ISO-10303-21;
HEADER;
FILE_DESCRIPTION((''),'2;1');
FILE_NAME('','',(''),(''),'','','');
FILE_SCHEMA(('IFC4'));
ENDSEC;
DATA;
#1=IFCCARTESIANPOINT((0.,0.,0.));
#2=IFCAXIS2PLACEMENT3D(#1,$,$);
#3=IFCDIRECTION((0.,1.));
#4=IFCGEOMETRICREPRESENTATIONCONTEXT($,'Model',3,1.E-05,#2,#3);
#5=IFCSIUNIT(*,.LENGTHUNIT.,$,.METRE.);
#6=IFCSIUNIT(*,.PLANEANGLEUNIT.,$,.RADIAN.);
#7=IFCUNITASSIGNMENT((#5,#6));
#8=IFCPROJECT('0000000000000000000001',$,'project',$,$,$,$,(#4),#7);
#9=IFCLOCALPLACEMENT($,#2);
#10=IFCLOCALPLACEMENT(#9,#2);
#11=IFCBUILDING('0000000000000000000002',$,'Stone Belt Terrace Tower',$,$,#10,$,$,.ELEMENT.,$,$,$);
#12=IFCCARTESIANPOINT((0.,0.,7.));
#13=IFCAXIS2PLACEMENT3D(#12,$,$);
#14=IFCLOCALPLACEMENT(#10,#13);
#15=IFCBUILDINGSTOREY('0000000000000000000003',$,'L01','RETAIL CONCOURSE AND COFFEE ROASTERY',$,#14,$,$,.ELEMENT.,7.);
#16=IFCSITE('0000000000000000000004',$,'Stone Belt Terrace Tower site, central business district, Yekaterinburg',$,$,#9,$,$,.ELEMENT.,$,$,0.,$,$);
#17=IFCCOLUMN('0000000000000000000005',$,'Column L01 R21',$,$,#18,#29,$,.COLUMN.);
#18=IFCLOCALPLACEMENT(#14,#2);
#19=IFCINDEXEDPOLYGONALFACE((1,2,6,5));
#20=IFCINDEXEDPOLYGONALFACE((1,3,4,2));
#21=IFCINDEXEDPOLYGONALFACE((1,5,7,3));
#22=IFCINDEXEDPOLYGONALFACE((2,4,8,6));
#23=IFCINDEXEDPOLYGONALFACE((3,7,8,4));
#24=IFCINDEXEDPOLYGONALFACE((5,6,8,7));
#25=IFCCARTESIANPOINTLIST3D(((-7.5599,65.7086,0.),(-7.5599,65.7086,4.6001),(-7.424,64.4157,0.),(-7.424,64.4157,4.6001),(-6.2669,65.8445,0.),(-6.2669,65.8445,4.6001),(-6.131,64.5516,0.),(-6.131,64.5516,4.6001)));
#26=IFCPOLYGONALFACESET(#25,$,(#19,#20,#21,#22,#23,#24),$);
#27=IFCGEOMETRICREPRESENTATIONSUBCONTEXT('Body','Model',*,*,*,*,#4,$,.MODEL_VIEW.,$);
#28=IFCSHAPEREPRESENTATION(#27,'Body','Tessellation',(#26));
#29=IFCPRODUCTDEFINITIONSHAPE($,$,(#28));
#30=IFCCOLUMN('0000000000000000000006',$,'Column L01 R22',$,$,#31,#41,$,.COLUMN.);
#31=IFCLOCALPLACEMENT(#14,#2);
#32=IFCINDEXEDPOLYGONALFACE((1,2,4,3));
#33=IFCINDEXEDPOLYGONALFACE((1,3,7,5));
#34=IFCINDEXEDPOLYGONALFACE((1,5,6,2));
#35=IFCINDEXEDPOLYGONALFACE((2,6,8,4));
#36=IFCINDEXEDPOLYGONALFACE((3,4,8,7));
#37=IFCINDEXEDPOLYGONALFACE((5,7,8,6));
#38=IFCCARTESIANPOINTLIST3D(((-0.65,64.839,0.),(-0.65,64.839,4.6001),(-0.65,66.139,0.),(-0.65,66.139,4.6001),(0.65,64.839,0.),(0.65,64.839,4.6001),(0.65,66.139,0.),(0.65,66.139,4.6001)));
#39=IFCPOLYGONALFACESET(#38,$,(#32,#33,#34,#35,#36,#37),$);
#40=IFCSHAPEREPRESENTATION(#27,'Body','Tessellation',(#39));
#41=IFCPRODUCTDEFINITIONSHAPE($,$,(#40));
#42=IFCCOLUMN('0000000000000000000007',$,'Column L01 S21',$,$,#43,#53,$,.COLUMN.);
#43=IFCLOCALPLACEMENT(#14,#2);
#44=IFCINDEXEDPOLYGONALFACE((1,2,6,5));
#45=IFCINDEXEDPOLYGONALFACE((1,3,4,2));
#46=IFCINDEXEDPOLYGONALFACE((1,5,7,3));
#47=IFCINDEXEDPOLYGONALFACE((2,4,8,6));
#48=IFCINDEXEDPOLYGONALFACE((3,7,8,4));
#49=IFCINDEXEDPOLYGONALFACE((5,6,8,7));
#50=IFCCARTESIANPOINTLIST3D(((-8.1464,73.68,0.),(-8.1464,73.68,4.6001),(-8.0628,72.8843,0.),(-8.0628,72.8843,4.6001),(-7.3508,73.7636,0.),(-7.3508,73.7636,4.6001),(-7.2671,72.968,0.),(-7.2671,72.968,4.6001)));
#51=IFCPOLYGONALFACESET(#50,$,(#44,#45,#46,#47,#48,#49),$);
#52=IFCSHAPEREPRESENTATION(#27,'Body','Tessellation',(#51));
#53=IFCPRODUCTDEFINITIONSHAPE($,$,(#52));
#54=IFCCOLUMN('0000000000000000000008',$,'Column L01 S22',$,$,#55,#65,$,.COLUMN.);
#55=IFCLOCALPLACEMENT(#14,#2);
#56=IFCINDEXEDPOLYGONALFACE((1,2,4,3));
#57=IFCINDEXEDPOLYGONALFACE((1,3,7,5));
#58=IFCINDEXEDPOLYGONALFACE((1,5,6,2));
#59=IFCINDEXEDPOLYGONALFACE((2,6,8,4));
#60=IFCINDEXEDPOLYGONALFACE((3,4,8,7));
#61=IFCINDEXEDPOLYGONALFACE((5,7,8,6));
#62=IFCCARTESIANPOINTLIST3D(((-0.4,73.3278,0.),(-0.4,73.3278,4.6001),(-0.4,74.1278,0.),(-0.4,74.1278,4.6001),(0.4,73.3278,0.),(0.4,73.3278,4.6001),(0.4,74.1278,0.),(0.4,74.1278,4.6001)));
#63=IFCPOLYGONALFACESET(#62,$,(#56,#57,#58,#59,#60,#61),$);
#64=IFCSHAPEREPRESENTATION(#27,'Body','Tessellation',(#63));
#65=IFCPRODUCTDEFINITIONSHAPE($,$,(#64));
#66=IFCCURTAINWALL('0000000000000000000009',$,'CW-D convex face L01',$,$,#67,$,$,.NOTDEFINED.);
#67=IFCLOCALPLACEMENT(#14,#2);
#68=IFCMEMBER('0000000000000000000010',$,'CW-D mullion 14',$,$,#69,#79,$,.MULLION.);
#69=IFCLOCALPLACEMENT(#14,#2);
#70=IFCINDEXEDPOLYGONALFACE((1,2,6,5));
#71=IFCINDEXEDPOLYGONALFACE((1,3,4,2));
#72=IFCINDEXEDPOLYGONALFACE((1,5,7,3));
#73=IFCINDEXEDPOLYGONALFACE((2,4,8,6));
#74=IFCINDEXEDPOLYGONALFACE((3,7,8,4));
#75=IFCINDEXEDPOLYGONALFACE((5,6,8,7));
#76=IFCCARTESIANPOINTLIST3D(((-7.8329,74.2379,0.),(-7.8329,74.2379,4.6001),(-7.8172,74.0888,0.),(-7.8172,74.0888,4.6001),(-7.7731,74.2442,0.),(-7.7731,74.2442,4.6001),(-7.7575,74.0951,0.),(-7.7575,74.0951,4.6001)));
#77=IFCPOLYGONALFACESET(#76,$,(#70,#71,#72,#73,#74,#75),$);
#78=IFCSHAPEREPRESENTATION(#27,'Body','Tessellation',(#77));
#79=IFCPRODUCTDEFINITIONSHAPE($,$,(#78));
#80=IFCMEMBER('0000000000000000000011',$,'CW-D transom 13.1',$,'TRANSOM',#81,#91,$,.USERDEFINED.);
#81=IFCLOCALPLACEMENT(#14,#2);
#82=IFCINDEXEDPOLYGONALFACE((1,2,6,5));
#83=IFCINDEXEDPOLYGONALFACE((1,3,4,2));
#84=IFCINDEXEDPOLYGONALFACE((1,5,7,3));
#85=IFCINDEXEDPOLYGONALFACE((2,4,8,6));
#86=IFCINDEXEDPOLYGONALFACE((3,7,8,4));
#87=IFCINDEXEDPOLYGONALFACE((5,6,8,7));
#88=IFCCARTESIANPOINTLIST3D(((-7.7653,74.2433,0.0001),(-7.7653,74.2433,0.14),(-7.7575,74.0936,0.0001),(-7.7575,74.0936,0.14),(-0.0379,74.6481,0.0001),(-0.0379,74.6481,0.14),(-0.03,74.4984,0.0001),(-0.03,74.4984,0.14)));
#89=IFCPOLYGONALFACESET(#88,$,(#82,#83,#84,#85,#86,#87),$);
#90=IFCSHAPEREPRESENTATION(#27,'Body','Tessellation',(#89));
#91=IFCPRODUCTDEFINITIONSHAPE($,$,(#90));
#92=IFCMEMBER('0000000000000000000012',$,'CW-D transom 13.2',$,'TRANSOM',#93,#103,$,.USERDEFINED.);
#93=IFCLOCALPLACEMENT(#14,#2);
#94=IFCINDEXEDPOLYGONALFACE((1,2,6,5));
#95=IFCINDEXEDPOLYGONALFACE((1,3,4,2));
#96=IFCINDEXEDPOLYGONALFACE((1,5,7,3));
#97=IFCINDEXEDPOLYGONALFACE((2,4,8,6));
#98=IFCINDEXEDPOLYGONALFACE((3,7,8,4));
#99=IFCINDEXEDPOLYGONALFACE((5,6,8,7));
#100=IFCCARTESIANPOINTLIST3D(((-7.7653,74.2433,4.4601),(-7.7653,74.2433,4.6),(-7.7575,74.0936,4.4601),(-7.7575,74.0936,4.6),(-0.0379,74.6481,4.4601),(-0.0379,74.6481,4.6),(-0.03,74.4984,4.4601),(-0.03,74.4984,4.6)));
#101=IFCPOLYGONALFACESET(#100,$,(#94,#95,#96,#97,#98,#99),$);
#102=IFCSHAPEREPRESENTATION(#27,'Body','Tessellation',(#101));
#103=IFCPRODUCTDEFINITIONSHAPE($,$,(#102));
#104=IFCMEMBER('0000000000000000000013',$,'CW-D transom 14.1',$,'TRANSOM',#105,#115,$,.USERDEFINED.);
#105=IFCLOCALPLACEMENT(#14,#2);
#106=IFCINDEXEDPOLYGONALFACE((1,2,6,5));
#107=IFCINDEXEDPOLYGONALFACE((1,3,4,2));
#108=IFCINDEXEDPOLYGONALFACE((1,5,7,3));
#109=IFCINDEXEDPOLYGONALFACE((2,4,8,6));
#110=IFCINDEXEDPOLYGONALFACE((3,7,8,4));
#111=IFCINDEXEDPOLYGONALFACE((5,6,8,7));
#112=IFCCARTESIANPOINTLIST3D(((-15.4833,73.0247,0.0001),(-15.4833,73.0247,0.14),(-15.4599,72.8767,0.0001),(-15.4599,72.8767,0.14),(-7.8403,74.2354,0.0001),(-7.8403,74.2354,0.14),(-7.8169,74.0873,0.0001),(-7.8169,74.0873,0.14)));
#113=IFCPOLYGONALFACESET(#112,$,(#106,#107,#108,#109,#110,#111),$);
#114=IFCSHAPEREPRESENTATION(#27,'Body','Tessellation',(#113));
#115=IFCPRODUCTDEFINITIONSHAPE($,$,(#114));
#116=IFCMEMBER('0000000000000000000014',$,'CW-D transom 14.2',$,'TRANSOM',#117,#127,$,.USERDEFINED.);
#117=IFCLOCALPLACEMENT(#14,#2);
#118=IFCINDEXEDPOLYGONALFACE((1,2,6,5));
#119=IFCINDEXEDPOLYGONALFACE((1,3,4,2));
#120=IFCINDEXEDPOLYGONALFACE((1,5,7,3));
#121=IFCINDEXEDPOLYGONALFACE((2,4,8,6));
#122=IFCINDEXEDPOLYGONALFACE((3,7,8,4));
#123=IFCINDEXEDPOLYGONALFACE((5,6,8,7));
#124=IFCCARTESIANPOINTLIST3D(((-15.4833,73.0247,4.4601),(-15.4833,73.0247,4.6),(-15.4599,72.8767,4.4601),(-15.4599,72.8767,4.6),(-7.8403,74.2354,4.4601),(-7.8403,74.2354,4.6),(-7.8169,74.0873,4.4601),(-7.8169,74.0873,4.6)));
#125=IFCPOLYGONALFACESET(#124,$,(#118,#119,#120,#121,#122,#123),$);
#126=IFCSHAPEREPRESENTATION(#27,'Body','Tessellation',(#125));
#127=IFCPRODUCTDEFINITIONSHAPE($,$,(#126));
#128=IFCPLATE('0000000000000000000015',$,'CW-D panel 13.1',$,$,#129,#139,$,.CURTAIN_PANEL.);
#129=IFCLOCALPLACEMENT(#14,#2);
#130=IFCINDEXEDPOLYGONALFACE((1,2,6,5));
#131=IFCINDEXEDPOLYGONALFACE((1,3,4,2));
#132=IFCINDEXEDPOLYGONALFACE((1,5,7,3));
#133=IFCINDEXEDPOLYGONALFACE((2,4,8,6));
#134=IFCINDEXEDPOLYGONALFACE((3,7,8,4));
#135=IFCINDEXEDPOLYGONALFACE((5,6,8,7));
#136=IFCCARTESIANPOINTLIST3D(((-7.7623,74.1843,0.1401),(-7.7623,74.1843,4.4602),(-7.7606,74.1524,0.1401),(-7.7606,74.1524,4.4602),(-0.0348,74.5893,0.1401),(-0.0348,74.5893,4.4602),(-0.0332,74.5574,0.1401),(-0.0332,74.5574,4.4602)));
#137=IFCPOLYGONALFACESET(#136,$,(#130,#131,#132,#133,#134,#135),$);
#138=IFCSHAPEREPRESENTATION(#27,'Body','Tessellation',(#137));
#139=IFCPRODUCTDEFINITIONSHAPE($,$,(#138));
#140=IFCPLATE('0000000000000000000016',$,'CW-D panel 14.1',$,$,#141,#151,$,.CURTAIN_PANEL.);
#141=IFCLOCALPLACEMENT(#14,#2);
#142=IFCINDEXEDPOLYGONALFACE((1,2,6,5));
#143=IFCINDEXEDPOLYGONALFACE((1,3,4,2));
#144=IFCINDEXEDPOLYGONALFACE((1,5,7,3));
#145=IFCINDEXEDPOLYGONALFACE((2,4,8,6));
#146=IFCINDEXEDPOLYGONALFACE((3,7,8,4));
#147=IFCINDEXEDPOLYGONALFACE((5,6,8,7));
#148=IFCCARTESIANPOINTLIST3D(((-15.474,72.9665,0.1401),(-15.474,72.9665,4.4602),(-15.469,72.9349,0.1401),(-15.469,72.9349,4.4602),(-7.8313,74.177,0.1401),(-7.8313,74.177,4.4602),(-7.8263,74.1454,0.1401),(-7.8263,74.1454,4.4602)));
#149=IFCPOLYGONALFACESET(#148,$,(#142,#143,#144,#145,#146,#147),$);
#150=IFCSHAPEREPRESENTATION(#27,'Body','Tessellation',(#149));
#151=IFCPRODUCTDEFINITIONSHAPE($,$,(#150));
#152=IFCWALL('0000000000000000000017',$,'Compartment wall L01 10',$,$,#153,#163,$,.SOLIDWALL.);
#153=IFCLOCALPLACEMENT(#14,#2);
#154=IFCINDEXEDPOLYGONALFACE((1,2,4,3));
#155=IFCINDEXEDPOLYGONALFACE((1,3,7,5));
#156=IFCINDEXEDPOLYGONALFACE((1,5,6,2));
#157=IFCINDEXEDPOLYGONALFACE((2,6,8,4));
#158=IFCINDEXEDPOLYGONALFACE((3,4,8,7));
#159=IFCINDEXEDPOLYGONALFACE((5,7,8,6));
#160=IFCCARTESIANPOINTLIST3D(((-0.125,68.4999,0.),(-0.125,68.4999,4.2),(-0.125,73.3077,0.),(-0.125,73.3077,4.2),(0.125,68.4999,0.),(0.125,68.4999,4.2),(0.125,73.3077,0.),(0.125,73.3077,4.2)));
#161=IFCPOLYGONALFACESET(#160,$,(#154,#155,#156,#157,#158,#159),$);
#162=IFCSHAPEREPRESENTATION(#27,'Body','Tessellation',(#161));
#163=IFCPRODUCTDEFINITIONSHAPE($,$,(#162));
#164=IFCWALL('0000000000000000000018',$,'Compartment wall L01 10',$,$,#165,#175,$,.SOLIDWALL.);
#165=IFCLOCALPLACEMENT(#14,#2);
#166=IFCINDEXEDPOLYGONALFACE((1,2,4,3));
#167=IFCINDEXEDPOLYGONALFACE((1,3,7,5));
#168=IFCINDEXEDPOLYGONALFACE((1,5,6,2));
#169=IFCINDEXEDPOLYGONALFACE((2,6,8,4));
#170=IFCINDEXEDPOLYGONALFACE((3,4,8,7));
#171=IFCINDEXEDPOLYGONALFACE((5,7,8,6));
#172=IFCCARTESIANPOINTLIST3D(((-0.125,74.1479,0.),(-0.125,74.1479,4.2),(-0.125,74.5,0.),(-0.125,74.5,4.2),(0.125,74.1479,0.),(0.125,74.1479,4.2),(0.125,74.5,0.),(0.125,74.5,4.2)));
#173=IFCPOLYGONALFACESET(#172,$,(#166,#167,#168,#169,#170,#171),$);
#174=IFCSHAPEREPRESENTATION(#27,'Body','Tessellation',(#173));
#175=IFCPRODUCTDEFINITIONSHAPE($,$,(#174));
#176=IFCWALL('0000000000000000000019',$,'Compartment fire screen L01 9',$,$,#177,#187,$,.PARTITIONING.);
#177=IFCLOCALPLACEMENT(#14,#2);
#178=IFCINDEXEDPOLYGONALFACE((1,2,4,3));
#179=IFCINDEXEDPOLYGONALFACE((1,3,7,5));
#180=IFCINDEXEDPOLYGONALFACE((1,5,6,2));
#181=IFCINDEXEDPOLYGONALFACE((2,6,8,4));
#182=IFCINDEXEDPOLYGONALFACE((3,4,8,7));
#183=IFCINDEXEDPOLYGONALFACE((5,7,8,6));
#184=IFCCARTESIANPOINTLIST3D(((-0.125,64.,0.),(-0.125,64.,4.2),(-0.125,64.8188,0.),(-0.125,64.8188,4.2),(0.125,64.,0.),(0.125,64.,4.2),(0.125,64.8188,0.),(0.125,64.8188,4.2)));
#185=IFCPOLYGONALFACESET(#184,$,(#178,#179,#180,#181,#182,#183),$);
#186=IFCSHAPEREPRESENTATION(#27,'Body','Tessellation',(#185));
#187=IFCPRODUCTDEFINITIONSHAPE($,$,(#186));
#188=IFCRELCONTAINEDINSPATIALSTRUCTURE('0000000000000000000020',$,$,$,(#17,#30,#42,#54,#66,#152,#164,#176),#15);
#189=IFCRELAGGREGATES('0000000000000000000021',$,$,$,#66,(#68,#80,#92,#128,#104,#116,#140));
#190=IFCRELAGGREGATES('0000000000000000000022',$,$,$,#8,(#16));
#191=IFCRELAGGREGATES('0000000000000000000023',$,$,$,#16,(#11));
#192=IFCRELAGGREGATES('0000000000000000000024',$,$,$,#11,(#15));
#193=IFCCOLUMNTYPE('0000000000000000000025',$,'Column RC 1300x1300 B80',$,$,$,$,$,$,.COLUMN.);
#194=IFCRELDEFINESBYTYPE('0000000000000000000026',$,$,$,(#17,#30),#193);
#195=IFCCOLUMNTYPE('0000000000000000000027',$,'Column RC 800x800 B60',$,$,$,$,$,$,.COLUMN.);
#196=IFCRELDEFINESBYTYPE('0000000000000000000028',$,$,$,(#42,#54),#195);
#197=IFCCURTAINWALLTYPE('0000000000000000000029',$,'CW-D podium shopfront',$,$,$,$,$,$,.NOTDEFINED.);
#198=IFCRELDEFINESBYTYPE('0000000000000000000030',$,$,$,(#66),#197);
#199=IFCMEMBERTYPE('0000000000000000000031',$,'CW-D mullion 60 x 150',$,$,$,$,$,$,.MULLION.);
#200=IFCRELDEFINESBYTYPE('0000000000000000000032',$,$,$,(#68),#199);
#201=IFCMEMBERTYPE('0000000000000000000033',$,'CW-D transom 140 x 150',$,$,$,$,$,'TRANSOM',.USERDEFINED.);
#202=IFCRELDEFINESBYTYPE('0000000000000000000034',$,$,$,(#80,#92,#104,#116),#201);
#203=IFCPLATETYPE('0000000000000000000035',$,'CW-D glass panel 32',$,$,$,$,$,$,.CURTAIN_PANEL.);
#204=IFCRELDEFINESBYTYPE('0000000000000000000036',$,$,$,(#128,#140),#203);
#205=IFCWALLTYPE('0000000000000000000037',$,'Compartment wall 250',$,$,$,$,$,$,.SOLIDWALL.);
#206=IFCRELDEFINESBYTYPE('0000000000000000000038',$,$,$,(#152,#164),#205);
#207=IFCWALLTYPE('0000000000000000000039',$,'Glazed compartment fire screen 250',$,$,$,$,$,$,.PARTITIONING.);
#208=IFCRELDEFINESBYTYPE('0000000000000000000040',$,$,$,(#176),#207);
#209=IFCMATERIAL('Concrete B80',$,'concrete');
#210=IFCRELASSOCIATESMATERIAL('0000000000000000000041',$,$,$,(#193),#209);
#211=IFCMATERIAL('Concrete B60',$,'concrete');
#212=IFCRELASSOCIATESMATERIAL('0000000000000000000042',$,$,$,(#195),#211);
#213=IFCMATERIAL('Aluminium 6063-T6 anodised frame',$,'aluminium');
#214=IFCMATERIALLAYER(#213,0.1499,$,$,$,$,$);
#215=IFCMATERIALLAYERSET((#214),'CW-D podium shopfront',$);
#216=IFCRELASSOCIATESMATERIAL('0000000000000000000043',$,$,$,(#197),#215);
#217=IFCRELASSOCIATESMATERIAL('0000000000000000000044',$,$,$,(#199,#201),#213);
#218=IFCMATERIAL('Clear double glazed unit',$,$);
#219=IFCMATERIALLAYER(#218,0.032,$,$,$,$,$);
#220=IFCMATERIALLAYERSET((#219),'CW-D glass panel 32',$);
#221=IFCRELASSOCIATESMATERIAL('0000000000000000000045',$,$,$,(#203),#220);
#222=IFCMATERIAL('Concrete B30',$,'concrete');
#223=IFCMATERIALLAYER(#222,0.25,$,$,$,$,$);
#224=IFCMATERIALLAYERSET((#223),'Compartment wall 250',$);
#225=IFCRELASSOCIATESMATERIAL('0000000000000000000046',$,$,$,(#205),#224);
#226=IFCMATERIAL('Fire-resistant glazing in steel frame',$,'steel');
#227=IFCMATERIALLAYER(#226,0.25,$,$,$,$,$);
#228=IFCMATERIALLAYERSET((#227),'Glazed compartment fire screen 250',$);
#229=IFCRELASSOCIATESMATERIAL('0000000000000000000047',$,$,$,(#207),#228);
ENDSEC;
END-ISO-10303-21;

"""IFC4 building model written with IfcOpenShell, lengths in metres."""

from ifc_helpers import new_model, si_unit, direction, frame, frame_2d, origin, origin_2d, place, context, subcontext, project, spatial, rectangle, extrude, material, layer, layer_set, material_profile, profile_set, type_object, element, aggregate, save


model = new_model("IFC4")

# Units and contexts
model_context = context("Model", 3, precision=1e-05, world=origin(), true_north=direction((0.0, 1.0)))
body_context = subcontext(model_context, "Body", "Model", "MODEL_VIEW")
ifc_project = project(units=[si_unit("LENGTHUNIT", "METRE"), si_unit("PLANEANGLEUNIT", "RADIAN")], contexts=[model_context])

# Site, building, storey
site_placement = place(None, origin())
site = spatial("IfcSite", under=ifc_project, at=site_placement, Name="Stone Belt Terrace Tower site, central business district, Yekaterinburg", CompositionType="ELEMENT", RefElevation=0.0)
building_placement = place(site_placement, origin())
building = spatial("IfcBuilding", under=site, at=building_placement, Name="Stone Belt Terrace Tower", CompositionType="ELEMENT")
storey_placement = place(building_placement, frame((0.0, 0.0, 7.0)))
storey = spatial("IfcBuildingStorey", under=building, at=storey_placement, Name="L01", Description="RETAIL CONCOURSE AND COFFEE ROASTERY", CompositionType="ELEMENT", Elevation=7.0)

# Columns
ifc_material_1 = material(Name="Concrete B80", Category="concrete")
ifc_material_profile_1 = material_profile(ifc_material_1, rectangle(XDim=1.3, YDim=1.3, at=origin_2d()), Name="RC 1300x1300")
ifc_profile_set_1 = profile_set([ifc_material_profile_1], Name="Concrete B80")
column_type_1 = type_object("IfcColumnType", Name="Column RC 1300x1300 B80", PredefinedType="COLUMN", material=ifc_profile_set_1)
for number, where, z_axis, x_axis, name in (
    (1, (-6.8455, 65.1301, 0.0), (0.0, 0.0, 1.0), (0.994522, 0.104528, 0.0), "Column L01 R21"),
    (2, (0.0, 65.489, 0.0), (0.0, 0.0, 1.0), (1.0, 0.0, 0.0), "Column L01 R22"),
):
    element("IfcColumn", number, at=place(storey_placement, frame(where, z_axis=z_axis, x_axis=x_axis)), inside=storey, type_object=column_type_1, Name=name, PredefinedType="COLUMN", context=body_context, shape_type="SweptSolid", body=[
        extrude(rectangle(XDim=1.3, YDim=1.3, at=origin_2d()), origin(), (0.0, 0.0, 1.0), 4.6001),
    ])
ifc_material_2 = material(Name="Concrete B60", Category="concrete")
ifc_material_profile_2 = material_profile(ifc_material_2, rectangle(XDim=0.8, YDim=0.8, at=origin_2d()), Name="RC 800x800")
ifc_profile_set_2 = profile_set([ifc_material_profile_2], Name="Concrete B60")
column_type_2 = type_object("IfcColumnType", Name="Column RC 800x800 B60", PredefinedType="COLUMN", material=ifc_profile_set_2)
for number, where, z_axis, x_axis, name in (
    (3, (-7.7068, 73.324, 0.0), (0.0, 0.0, 1.0), (0.994522, 0.104528, 0.0), "Column L01 S21"),
    (4, (0.0, 73.7278, 0.0), (0.0, 0.0, 1.0), (1.0, 0.0, 0.0), "Column L01 S22"),
):
    element("IfcColumn", number, at=place(storey_placement, frame(where, z_axis=z_axis, x_axis=x_axis)), inside=storey, type_object=column_type_2, Name=name, PredefinedType="COLUMN", context=body_context, shape_type="SweptSolid", body=[
        extrude(rectangle(XDim=0.8, YDim=0.8, at=origin_2d()), origin(), (0.0, 0.0, 1.0), 4.6001),
    ])

# Curtain wall, members, plates
ifc_material_3 = material(Name="Aluminium 6063-T6 anodised frame", Category="aluminium")
ifc_layer_1 = layer(ifc_material_3, 0.1499)
ifc_layer_set_1 = layer_set([ifc_layer_1], Name="CW-D podium shopfront")
curtain_wall_type = type_object("IfcCurtainWallType", Name="CW-D podium shopfront", PredefinedType="NOTDEFINED", material=ifc_layer_set_1)
curtain_wall_placement = place(storey_placement, origin())
curtain_wall = element("IfcCurtainWall", 5, at=curtain_wall_placement, inside=storey, type_object=curtain_wall_type, Name="CW-D convex face L01", PredefinedType="NOTDEFINED")
ifc_material_profile_3 = material_profile(ifc_material_3, rectangle(XDim=0.1499, YDim=0.0601, at=origin_2d()), Name="Aluminium 6063-T6 60x150")
ifc_profile_set_3 = profile_set([ifc_material_profile_3], Name="Aluminium 6063-T6 anodised frame")
member_type_1 = type_object("IfcMemberType", Name="CW-D mullion 60 x 150", PredefinedType="MULLION", material=ifc_profile_set_3)
member_1_placement = place(storey_placement, frame((-7.7952, 74.1665, 0.0), z_axis=(0.0, 0.0, 1.0), x_axis=(0.104528, -0.994522, 0.0)))
member_1 = element("IfcMember", 6, at=member_1_placement, type_object=member_type_1, Name="CW-D mullion 14", PredefinedType="MULLION", context=body_context, shape_type="SweptSolid", body=[
    extrude(rectangle(XDim=0.1499, YDim=0.0601, at=origin_2d()), origin(), (0.0, 0.0, 1.0), 4.6001),
])
ifc_material_profile_4 = material_profile(ifc_material_3, rectangle(XDim=0.1499, YDim=0.1399, at=origin_2d()), Name="Aluminium 6063-T6 150x140")
ifc_profile_set_4 = profile_set([ifc_material_profile_4], Name="Aluminium 6063-T6 anodised frame")
member_type_2 = type_object("IfcMemberType", Name="CW-D transom 140 x 150", ElementType="TRANSOM", PredefinedType="USERDEFINED", material=ifc_profile_set_4)
member_2_placement = place(storey_placement, frame((-0.0339, 74.5732, 0.0701), z_axis=(-0.998631, -0.05231, 0.0), x_axis=(0.05231, -0.998631, 0.0)))
member_2 = element("IfcMember", 7, at=member_2_placement, type_object=member_type_2, Name="CW-D transom 13.1", ObjectType="TRANSOM", PredefinedType="USERDEFINED", context=body_context, shape_type="SweptSolid", body=[
    extrude(rectangle(XDim=0.1499, YDim=0.1399, at=origin_2d()), origin(), (0.0, 0.0, 1.0), 7.738),
])
member_3_placement = place(storey_placement, frame((-0.0339, 74.5732, 4.53), z_axis=(-0.998631, -0.05231, 0.0), x_axis=(0.05231, -0.998631, 0.0)))
member_3 = element("IfcMember", 8, at=member_3_placement, type_object=member_type_2, Name="CW-D transom 13.2", ObjectType="TRANSOM", PredefinedType="USERDEFINED", context=body_context, shape_type="SweptSolid", body=[
    extrude(rectangle(XDim=0.1499, YDim=0.1399, at=origin_2d()), origin(), (0.0, 0.0, 1.0), 7.738),
])
member_4_placement = place(storey_placement, frame((-7.8286, 74.1614, 0.0701), z_axis=(-0.987685, -0.156453, 0.0), x_axis=(0.156453, -0.987685, 0.0)))
member_4 = element("IfcMember", 9, at=member_4_placement, type_object=member_type_2, Name="CW-D transom 14.1", ObjectType="TRANSOM", PredefinedType="USERDEFINED", context=body_context, shape_type="SweptSolid", body=[
    extrude(rectangle(XDim=0.1499, YDim=0.1399, at=origin_2d()), origin(), (0.0, 0.0, 1.0), 7.7383),
])
member_5_placement = place(storey_placement, frame((-7.8286, 74.1614, 4.53), z_axis=(-0.987685, -0.156453, 0.0), x_axis=(0.156453, -0.987685, 0.0)))
member_5 = element("IfcMember", 10, at=member_5_placement, type_object=member_type_2, Name="CW-D transom 14.2", ObjectType="TRANSOM", PredefinedType="USERDEFINED", context=body_context, shape_type="SweptSolid", body=[
    extrude(rectangle(XDim=0.1499, YDim=0.1399, at=origin_2d()), origin(), (0.0, 0.0, 1.0), 7.7383),
])
ifc_material_4 = material(Name="Clear double glazed unit")
ifc_layer_2 = layer(ifc_material_4, 0.032)
ifc_layer_set_2 = layer_set([ifc_layer_2], Name="CW-D glass panel 32")
plate_type = type_object("IfcPlateType", Name="CW-D glass panel 32", PredefinedType="CURTAIN_PANEL", material=ifc_layer_set_2)
plate_1_placement = place(storey_placement, frame((-3.8977, 74.3708, 0.1401), z_axis=(0.0, 0.0, 1.0), x_axis=(-0.99863, -0.052336, 0.0)))
plate_1 = element("IfcPlate", 11, at=plate_1_placement, type_object=plate_type, Name="CW-D panel 13.1", PredefinedType="CURTAIN_PANEL", context=body_context, shape_type="SweptSolid", body=[
    extrude(rectangle(XDim=7.738, YDim=0.032, at=origin_2d()), origin(), (0.0, 0.0, 1.0), 4.3201),
])
plate_2_placement = place(storey_placement, frame((-11.6501, 73.5559, 0.1401), z_axis=(0.0, 0.0, 1.0), x_axis=(-0.987688, -0.156434, 0.0)))
plate_2 = element("IfcPlate", 12, at=plate_2_placement, type_object=plate_type, Name="CW-D panel 14.1", PredefinedType="CURTAIN_PANEL", context=body_context, shape_type="SweptSolid", body=[
    extrude(rectangle(XDim=7.738, YDim=0.032, at=origin_2d()), origin(), (0.0, 0.0, 1.0), 4.3201),
])
aggregate(curtain_wall, [member_1, member_2, member_3, plate_1, member_4, member_5, plate_2])

# Walls
ifc_material_5 = material(Name="Concrete B30", Category="concrete")
ifc_layer_3 = layer(ifc_material_5, 0.25)
ifc_layer_set_3 = layer_set([ifc_layer_3], Name="Compartment wall 250")
wall_type_1 = type_object("IfcWallType", Name="Compartment wall 250", PredefinedType="SOLIDWALL", material=ifc_layer_set_3)
wall_1_placement = place(storey_placement, frame((0.0, 68.5, 0.0), z_axis=(0.0, 0.0, 1.0), x_axis=(0.0, 1.0, 0.0)))
element("IfcWall", 13, at=wall_1_placement, inside=storey, type_object=wall_type_1, Name="Compartment wall L01 10", PredefinedType="SOLIDWALL", context=body_context, shape_type="SweptSolid", body=[
    extrude(rectangle(XDim=4.8079, YDim=0.25, at=frame_2d((2.4038, 0.0))), origin(), (0.0, 0.0, 1.0), 4.2),
])
wall_2_placement = place(storey_placement, frame((0.0, 74.1479, 0.0), z_axis=(0.0, 0.0, 1.0), x_axis=(0.0, 1.0, 0.0)))
element("IfcWall", 14, at=wall_2_placement, inside=storey, type_object=wall_type_1, Name="Compartment wall L01 10", PredefinedType="SOLIDWALL", context=body_context, shape_type="SweptSolid", body=[
    extrude(rectangle(XDim=0.3521, YDim=0.25, at=frame_2d((0.176, 0.0))), origin(), (0.0, 0.0, 1.0), 4.2),
])
ifc_material_6 = material(Name="Fire-resistant glazing in steel frame", Category="steel")
ifc_layer_4 = layer(ifc_material_6, 0.25)
ifc_layer_set_4 = layer_set([ifc_layer_4], Name="Glazed compartment fire screen 250")
wall_type_2 = type_object("IfcWallType", Name="Glazed compartment fire screen 250", PredefinedType="PARTITIONING", material=ifc_layer_set_4)
wall_3_placement = place(storey_placement, frame((0.0, 64.0, 0.0), z_axis=(0.0, 0.0, 1.0), x_axis=(0.0, 1.0, 0.0)))
element("IfcWall", 15, at=wall_3_placement, inside=storey, type_object=wall_type_2, Name="Compartment fire screen L01 9", PredefinedType="PARTITIONING", context=body_context, shape_type="SweptSolid", body=[
    extrude(rectangle(XDim=0.8188, YDim=0.25, at=frame_2d((0.4094, 0.0))), origin(), (0.0, 0.0, 1.0), 4.2),
])

save(model, "model.ifc")
